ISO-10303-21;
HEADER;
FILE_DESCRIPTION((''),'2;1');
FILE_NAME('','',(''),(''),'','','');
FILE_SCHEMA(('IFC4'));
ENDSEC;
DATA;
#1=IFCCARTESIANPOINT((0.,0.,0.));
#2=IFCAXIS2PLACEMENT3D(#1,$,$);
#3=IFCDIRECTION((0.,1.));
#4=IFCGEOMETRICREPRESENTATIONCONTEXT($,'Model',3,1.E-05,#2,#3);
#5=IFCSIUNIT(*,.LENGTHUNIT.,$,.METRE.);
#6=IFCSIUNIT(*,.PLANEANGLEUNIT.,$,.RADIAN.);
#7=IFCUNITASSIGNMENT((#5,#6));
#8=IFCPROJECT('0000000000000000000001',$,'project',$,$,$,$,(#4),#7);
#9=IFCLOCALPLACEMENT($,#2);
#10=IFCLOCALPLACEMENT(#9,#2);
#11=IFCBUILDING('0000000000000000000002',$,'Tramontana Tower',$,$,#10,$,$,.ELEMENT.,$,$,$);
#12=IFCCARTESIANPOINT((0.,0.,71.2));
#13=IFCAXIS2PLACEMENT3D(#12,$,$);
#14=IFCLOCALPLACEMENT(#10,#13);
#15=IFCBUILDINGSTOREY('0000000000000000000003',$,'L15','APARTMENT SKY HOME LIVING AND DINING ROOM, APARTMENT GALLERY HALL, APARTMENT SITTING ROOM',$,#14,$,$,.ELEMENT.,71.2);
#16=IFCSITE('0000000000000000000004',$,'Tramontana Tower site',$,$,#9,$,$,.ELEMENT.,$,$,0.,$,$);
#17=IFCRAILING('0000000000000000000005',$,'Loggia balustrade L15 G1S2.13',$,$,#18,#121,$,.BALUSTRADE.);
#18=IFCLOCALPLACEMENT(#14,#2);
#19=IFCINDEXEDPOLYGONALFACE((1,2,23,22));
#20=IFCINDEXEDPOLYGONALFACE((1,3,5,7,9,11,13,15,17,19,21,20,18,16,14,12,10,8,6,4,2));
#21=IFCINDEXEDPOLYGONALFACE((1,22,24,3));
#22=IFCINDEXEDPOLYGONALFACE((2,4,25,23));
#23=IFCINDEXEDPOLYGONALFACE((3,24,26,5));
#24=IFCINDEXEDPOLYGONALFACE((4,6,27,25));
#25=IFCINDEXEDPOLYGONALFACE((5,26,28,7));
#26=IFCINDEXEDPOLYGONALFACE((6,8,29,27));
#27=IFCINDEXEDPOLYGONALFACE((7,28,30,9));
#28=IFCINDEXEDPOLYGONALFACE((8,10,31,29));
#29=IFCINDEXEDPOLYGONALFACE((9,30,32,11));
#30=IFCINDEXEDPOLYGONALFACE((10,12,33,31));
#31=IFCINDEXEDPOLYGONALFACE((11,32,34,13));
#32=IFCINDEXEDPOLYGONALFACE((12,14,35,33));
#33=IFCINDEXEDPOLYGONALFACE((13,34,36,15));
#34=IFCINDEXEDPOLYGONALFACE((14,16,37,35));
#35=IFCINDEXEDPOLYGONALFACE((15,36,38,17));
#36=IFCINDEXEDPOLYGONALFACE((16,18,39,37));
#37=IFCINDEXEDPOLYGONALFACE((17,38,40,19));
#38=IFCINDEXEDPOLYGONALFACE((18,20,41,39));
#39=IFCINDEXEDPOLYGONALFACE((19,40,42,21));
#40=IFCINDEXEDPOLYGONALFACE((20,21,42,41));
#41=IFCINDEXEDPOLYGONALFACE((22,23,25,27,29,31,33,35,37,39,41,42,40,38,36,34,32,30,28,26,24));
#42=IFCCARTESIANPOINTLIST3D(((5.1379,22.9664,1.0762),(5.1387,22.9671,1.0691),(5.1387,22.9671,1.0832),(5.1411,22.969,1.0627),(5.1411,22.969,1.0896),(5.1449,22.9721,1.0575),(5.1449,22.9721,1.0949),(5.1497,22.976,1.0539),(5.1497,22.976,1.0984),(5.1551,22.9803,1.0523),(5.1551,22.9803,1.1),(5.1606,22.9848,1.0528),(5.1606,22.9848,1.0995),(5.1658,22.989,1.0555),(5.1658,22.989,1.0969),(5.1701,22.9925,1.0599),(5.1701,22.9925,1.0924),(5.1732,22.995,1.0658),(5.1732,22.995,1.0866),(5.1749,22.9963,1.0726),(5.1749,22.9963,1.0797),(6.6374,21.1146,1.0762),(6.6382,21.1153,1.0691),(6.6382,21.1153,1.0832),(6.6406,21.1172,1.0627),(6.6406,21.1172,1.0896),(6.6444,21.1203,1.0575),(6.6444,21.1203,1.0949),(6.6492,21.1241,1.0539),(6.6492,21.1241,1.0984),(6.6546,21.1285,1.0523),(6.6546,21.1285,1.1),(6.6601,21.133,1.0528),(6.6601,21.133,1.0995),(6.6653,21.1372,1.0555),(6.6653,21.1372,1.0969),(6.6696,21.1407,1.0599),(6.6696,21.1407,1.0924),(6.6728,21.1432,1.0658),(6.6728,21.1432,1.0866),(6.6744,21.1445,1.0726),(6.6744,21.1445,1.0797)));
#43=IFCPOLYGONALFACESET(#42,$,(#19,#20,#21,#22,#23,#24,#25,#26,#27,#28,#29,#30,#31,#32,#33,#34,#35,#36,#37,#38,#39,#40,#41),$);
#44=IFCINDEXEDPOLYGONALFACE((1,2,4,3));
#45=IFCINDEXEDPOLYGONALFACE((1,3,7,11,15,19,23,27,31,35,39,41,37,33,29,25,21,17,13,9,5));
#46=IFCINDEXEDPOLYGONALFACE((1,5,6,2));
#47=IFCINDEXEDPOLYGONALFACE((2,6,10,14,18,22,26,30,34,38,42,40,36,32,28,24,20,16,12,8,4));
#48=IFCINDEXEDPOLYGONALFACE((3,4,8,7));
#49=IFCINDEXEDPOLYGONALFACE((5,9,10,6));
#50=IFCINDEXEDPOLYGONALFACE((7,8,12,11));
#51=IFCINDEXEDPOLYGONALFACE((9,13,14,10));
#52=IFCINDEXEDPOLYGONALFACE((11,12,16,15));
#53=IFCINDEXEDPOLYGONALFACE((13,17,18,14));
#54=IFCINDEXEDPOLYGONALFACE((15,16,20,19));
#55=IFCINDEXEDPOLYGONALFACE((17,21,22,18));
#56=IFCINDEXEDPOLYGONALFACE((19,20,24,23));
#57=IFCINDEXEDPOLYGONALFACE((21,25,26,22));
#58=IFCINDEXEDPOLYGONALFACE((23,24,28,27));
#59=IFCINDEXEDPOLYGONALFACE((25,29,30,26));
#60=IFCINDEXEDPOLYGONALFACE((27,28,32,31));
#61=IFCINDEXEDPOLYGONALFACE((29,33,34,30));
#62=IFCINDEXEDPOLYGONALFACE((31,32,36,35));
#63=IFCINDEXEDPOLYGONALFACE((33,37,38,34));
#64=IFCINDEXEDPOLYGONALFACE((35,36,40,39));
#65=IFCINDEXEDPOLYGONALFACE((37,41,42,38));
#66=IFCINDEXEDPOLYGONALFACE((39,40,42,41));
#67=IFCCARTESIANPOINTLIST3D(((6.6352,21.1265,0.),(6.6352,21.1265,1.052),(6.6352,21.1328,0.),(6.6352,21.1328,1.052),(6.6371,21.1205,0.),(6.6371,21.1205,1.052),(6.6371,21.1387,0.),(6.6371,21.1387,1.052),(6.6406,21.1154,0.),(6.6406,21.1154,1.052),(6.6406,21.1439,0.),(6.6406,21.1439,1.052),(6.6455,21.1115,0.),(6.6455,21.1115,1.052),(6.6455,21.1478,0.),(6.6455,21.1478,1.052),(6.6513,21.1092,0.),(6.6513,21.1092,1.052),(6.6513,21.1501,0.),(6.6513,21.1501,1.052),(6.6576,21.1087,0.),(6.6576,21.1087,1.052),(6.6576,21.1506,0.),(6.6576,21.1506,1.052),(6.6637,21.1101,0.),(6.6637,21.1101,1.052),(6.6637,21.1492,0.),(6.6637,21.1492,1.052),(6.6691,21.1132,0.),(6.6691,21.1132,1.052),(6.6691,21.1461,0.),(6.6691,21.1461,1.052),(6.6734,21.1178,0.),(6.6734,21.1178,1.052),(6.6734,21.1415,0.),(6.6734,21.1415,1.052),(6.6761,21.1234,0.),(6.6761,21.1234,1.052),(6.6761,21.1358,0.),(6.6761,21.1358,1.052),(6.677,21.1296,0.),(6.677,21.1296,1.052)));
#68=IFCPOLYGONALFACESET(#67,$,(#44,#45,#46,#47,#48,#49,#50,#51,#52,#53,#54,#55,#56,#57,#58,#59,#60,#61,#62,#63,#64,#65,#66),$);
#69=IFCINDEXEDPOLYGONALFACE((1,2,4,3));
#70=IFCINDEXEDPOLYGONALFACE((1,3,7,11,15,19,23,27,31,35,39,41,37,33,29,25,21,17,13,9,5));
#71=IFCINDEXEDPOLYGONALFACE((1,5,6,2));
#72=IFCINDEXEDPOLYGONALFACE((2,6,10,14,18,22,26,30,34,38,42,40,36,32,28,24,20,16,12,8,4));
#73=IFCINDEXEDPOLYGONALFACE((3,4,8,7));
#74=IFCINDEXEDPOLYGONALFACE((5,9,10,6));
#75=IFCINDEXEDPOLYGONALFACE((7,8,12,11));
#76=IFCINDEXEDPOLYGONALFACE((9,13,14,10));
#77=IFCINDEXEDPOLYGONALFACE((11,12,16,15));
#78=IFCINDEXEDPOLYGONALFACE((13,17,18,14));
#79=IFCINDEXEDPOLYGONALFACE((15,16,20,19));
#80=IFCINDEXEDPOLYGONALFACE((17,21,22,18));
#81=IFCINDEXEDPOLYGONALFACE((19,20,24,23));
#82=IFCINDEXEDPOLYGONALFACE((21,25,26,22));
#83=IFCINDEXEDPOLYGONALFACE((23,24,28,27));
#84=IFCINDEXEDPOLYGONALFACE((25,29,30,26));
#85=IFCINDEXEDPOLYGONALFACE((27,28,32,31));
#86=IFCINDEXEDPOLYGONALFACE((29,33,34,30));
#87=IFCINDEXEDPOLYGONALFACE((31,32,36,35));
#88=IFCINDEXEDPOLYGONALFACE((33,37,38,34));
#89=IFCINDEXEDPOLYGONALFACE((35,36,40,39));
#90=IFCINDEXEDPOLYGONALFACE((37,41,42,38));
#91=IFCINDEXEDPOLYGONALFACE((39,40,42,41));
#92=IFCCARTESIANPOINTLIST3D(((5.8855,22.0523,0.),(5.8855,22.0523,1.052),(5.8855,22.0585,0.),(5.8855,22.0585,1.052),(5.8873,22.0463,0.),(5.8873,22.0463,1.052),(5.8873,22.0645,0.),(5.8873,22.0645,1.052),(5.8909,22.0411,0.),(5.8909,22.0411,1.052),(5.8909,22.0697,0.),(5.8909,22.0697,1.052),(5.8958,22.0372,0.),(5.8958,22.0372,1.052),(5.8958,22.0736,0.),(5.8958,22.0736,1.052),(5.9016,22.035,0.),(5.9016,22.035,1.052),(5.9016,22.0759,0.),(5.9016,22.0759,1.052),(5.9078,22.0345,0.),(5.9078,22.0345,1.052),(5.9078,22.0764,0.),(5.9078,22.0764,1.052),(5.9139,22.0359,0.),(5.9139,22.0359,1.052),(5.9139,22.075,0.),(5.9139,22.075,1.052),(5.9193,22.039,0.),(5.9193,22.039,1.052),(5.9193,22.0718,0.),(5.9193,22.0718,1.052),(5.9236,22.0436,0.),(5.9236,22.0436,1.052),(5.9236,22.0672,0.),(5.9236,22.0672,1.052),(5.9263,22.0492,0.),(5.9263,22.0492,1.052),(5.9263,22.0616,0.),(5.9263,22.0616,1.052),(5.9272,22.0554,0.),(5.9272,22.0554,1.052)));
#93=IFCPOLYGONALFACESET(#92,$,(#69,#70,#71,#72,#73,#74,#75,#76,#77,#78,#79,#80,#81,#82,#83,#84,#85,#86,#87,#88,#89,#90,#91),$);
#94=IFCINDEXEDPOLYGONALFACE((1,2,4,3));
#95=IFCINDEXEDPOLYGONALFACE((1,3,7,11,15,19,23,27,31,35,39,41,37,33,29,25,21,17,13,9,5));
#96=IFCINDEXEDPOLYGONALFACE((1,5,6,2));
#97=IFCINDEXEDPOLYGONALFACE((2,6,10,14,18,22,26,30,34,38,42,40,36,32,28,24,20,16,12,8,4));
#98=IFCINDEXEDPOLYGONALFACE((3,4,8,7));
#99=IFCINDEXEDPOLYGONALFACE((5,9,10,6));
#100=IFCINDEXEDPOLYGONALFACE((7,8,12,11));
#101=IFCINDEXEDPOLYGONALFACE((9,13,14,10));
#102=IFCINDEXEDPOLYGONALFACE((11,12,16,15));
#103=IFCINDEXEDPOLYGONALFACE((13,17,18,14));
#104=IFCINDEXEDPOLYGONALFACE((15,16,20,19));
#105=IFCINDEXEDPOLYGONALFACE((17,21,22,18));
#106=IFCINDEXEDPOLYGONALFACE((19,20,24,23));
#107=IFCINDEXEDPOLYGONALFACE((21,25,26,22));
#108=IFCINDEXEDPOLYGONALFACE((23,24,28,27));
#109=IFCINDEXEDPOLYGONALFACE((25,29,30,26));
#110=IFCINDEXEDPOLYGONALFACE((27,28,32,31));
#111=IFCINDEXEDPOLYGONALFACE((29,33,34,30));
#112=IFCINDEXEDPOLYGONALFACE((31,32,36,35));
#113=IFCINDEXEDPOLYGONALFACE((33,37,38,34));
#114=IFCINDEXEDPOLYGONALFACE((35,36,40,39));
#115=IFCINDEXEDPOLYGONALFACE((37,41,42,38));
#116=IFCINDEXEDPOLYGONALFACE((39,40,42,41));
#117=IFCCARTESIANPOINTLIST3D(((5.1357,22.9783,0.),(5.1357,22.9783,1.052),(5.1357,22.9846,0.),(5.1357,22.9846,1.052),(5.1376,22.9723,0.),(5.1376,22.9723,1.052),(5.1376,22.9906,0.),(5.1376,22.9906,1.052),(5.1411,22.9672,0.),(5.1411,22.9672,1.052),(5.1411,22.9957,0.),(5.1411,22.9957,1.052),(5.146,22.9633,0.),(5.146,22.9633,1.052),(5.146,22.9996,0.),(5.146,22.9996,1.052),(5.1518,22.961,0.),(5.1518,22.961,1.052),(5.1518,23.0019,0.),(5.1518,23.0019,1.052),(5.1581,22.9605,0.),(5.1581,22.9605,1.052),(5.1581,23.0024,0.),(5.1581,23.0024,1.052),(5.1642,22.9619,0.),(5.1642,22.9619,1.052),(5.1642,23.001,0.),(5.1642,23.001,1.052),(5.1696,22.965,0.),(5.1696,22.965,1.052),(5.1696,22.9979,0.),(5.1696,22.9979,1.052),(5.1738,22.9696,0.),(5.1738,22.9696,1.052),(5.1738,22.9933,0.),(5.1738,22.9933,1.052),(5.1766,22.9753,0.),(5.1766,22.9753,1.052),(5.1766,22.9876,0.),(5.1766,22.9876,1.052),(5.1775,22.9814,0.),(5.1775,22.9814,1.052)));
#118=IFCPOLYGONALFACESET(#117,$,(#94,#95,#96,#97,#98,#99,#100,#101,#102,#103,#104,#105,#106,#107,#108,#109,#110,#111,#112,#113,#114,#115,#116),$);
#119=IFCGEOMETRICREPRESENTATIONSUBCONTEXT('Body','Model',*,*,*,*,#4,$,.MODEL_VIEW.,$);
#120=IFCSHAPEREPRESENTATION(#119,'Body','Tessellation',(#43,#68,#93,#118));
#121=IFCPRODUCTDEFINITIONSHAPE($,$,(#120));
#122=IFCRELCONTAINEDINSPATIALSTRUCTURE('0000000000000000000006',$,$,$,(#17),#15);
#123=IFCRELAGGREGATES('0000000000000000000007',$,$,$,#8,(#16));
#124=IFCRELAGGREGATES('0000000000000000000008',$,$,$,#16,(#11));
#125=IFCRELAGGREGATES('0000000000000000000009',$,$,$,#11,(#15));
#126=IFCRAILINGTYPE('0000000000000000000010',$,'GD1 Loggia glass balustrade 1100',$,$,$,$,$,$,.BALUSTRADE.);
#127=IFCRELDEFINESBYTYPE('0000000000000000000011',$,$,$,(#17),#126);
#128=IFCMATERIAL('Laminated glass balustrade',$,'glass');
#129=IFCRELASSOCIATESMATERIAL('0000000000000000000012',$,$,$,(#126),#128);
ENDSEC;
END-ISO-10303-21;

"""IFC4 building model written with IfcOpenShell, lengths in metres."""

from ifc_helpers import new_model, si_unit, direction, frame, origin, origin_2d, place, context, subcontext, project, spatial, circle, extrude, material, type_object, element, save


model = new_model("IFC4")

# Units and contexts
model_context = context("Model", 3, precision=1e-05, world=origin(), true_north=direction((0.0, 1.0)))
body_context = subcontext(model_context, "Body", "Model", "MODEL_VIEW")
ifc_project = project(units=[si_unit("LENGTHUNIT", "METRE"), si_unit("PLANEANGLEUNIT", "RADIAN")], contexts=[model_context])

# Site, building, storey
site_placement = place(None, origin())
site = spatial("IfcSite", under=ifc_project, at=site_placement, Name="Tramontana Tower site", CompositionType="ELEMENT", RefElevation=0.0)
building_placement = place(site_placement, origin())
building = spatial("IfcBuilding", under=site, at=building_placement, Name="Tramontana Tower", CompositionType="ELEMENT")
storey_placement = place(building_placement, frame((0.0, 0.0, 71.2)))
storey = spatial("IfcBuildingStorey", under=building, at=storey_placement, Name="L15", Description="APARTMENT SKY HOME LIVING AND DINING ROOM, APARTMENT GALLERY HALL, APARTMENT SITTING ROOM", CompositionType="ELEMENT", Elevation=71.2)

# Railing
ifc_material_1 = material(Name="Laminated glass balustrade", Category="glass")
railing_type = type_object("IfcRailingType", Name="GD1 Loggia glass balustrade 1100", PredefinedType="BALUSTRADE", material=ifc_material_1)
railing_1_placement = place(storey_placement, frame((6.656, 21.1296, 0.0)))
element("IfcRailing", 1, at=railing_1_placement, inside=storey, type_object=railing_type, Name="Loggia balustrade L15 G1S2.13", PredefinedType="BALUSTRADE", context=body_context, shape_type="SweptSolid", body=[
    extrude(circle(Radius=0.0239, at=origin_2d()), frame((0.0, 0.0, 1.0762), z_axis=(-0.629307, 0.777157, 0.0), x_axis=(-0.777157, -0.629307, 0.0)), (0.0, 0.0, 1.0), 2.3828),
    extrude(circle(Radius=0.021, at=origin_2d()), origin(), (0.0, 0.0, 1.0), 1.052),
    extrude(circle(Radius=0.021, at=origin_2d()), frame((-0.7498, 0.9258, 0.0)), (0.0, 0.0, 1.0), 1.052),
    extrude(circle(Radius=0.021, at=origin_2d()), frame((-1.4995, 1.8518, 0.0)), (0.0, 0.0, 1.0), 1.052),
])

save(model, "model.ifc")
